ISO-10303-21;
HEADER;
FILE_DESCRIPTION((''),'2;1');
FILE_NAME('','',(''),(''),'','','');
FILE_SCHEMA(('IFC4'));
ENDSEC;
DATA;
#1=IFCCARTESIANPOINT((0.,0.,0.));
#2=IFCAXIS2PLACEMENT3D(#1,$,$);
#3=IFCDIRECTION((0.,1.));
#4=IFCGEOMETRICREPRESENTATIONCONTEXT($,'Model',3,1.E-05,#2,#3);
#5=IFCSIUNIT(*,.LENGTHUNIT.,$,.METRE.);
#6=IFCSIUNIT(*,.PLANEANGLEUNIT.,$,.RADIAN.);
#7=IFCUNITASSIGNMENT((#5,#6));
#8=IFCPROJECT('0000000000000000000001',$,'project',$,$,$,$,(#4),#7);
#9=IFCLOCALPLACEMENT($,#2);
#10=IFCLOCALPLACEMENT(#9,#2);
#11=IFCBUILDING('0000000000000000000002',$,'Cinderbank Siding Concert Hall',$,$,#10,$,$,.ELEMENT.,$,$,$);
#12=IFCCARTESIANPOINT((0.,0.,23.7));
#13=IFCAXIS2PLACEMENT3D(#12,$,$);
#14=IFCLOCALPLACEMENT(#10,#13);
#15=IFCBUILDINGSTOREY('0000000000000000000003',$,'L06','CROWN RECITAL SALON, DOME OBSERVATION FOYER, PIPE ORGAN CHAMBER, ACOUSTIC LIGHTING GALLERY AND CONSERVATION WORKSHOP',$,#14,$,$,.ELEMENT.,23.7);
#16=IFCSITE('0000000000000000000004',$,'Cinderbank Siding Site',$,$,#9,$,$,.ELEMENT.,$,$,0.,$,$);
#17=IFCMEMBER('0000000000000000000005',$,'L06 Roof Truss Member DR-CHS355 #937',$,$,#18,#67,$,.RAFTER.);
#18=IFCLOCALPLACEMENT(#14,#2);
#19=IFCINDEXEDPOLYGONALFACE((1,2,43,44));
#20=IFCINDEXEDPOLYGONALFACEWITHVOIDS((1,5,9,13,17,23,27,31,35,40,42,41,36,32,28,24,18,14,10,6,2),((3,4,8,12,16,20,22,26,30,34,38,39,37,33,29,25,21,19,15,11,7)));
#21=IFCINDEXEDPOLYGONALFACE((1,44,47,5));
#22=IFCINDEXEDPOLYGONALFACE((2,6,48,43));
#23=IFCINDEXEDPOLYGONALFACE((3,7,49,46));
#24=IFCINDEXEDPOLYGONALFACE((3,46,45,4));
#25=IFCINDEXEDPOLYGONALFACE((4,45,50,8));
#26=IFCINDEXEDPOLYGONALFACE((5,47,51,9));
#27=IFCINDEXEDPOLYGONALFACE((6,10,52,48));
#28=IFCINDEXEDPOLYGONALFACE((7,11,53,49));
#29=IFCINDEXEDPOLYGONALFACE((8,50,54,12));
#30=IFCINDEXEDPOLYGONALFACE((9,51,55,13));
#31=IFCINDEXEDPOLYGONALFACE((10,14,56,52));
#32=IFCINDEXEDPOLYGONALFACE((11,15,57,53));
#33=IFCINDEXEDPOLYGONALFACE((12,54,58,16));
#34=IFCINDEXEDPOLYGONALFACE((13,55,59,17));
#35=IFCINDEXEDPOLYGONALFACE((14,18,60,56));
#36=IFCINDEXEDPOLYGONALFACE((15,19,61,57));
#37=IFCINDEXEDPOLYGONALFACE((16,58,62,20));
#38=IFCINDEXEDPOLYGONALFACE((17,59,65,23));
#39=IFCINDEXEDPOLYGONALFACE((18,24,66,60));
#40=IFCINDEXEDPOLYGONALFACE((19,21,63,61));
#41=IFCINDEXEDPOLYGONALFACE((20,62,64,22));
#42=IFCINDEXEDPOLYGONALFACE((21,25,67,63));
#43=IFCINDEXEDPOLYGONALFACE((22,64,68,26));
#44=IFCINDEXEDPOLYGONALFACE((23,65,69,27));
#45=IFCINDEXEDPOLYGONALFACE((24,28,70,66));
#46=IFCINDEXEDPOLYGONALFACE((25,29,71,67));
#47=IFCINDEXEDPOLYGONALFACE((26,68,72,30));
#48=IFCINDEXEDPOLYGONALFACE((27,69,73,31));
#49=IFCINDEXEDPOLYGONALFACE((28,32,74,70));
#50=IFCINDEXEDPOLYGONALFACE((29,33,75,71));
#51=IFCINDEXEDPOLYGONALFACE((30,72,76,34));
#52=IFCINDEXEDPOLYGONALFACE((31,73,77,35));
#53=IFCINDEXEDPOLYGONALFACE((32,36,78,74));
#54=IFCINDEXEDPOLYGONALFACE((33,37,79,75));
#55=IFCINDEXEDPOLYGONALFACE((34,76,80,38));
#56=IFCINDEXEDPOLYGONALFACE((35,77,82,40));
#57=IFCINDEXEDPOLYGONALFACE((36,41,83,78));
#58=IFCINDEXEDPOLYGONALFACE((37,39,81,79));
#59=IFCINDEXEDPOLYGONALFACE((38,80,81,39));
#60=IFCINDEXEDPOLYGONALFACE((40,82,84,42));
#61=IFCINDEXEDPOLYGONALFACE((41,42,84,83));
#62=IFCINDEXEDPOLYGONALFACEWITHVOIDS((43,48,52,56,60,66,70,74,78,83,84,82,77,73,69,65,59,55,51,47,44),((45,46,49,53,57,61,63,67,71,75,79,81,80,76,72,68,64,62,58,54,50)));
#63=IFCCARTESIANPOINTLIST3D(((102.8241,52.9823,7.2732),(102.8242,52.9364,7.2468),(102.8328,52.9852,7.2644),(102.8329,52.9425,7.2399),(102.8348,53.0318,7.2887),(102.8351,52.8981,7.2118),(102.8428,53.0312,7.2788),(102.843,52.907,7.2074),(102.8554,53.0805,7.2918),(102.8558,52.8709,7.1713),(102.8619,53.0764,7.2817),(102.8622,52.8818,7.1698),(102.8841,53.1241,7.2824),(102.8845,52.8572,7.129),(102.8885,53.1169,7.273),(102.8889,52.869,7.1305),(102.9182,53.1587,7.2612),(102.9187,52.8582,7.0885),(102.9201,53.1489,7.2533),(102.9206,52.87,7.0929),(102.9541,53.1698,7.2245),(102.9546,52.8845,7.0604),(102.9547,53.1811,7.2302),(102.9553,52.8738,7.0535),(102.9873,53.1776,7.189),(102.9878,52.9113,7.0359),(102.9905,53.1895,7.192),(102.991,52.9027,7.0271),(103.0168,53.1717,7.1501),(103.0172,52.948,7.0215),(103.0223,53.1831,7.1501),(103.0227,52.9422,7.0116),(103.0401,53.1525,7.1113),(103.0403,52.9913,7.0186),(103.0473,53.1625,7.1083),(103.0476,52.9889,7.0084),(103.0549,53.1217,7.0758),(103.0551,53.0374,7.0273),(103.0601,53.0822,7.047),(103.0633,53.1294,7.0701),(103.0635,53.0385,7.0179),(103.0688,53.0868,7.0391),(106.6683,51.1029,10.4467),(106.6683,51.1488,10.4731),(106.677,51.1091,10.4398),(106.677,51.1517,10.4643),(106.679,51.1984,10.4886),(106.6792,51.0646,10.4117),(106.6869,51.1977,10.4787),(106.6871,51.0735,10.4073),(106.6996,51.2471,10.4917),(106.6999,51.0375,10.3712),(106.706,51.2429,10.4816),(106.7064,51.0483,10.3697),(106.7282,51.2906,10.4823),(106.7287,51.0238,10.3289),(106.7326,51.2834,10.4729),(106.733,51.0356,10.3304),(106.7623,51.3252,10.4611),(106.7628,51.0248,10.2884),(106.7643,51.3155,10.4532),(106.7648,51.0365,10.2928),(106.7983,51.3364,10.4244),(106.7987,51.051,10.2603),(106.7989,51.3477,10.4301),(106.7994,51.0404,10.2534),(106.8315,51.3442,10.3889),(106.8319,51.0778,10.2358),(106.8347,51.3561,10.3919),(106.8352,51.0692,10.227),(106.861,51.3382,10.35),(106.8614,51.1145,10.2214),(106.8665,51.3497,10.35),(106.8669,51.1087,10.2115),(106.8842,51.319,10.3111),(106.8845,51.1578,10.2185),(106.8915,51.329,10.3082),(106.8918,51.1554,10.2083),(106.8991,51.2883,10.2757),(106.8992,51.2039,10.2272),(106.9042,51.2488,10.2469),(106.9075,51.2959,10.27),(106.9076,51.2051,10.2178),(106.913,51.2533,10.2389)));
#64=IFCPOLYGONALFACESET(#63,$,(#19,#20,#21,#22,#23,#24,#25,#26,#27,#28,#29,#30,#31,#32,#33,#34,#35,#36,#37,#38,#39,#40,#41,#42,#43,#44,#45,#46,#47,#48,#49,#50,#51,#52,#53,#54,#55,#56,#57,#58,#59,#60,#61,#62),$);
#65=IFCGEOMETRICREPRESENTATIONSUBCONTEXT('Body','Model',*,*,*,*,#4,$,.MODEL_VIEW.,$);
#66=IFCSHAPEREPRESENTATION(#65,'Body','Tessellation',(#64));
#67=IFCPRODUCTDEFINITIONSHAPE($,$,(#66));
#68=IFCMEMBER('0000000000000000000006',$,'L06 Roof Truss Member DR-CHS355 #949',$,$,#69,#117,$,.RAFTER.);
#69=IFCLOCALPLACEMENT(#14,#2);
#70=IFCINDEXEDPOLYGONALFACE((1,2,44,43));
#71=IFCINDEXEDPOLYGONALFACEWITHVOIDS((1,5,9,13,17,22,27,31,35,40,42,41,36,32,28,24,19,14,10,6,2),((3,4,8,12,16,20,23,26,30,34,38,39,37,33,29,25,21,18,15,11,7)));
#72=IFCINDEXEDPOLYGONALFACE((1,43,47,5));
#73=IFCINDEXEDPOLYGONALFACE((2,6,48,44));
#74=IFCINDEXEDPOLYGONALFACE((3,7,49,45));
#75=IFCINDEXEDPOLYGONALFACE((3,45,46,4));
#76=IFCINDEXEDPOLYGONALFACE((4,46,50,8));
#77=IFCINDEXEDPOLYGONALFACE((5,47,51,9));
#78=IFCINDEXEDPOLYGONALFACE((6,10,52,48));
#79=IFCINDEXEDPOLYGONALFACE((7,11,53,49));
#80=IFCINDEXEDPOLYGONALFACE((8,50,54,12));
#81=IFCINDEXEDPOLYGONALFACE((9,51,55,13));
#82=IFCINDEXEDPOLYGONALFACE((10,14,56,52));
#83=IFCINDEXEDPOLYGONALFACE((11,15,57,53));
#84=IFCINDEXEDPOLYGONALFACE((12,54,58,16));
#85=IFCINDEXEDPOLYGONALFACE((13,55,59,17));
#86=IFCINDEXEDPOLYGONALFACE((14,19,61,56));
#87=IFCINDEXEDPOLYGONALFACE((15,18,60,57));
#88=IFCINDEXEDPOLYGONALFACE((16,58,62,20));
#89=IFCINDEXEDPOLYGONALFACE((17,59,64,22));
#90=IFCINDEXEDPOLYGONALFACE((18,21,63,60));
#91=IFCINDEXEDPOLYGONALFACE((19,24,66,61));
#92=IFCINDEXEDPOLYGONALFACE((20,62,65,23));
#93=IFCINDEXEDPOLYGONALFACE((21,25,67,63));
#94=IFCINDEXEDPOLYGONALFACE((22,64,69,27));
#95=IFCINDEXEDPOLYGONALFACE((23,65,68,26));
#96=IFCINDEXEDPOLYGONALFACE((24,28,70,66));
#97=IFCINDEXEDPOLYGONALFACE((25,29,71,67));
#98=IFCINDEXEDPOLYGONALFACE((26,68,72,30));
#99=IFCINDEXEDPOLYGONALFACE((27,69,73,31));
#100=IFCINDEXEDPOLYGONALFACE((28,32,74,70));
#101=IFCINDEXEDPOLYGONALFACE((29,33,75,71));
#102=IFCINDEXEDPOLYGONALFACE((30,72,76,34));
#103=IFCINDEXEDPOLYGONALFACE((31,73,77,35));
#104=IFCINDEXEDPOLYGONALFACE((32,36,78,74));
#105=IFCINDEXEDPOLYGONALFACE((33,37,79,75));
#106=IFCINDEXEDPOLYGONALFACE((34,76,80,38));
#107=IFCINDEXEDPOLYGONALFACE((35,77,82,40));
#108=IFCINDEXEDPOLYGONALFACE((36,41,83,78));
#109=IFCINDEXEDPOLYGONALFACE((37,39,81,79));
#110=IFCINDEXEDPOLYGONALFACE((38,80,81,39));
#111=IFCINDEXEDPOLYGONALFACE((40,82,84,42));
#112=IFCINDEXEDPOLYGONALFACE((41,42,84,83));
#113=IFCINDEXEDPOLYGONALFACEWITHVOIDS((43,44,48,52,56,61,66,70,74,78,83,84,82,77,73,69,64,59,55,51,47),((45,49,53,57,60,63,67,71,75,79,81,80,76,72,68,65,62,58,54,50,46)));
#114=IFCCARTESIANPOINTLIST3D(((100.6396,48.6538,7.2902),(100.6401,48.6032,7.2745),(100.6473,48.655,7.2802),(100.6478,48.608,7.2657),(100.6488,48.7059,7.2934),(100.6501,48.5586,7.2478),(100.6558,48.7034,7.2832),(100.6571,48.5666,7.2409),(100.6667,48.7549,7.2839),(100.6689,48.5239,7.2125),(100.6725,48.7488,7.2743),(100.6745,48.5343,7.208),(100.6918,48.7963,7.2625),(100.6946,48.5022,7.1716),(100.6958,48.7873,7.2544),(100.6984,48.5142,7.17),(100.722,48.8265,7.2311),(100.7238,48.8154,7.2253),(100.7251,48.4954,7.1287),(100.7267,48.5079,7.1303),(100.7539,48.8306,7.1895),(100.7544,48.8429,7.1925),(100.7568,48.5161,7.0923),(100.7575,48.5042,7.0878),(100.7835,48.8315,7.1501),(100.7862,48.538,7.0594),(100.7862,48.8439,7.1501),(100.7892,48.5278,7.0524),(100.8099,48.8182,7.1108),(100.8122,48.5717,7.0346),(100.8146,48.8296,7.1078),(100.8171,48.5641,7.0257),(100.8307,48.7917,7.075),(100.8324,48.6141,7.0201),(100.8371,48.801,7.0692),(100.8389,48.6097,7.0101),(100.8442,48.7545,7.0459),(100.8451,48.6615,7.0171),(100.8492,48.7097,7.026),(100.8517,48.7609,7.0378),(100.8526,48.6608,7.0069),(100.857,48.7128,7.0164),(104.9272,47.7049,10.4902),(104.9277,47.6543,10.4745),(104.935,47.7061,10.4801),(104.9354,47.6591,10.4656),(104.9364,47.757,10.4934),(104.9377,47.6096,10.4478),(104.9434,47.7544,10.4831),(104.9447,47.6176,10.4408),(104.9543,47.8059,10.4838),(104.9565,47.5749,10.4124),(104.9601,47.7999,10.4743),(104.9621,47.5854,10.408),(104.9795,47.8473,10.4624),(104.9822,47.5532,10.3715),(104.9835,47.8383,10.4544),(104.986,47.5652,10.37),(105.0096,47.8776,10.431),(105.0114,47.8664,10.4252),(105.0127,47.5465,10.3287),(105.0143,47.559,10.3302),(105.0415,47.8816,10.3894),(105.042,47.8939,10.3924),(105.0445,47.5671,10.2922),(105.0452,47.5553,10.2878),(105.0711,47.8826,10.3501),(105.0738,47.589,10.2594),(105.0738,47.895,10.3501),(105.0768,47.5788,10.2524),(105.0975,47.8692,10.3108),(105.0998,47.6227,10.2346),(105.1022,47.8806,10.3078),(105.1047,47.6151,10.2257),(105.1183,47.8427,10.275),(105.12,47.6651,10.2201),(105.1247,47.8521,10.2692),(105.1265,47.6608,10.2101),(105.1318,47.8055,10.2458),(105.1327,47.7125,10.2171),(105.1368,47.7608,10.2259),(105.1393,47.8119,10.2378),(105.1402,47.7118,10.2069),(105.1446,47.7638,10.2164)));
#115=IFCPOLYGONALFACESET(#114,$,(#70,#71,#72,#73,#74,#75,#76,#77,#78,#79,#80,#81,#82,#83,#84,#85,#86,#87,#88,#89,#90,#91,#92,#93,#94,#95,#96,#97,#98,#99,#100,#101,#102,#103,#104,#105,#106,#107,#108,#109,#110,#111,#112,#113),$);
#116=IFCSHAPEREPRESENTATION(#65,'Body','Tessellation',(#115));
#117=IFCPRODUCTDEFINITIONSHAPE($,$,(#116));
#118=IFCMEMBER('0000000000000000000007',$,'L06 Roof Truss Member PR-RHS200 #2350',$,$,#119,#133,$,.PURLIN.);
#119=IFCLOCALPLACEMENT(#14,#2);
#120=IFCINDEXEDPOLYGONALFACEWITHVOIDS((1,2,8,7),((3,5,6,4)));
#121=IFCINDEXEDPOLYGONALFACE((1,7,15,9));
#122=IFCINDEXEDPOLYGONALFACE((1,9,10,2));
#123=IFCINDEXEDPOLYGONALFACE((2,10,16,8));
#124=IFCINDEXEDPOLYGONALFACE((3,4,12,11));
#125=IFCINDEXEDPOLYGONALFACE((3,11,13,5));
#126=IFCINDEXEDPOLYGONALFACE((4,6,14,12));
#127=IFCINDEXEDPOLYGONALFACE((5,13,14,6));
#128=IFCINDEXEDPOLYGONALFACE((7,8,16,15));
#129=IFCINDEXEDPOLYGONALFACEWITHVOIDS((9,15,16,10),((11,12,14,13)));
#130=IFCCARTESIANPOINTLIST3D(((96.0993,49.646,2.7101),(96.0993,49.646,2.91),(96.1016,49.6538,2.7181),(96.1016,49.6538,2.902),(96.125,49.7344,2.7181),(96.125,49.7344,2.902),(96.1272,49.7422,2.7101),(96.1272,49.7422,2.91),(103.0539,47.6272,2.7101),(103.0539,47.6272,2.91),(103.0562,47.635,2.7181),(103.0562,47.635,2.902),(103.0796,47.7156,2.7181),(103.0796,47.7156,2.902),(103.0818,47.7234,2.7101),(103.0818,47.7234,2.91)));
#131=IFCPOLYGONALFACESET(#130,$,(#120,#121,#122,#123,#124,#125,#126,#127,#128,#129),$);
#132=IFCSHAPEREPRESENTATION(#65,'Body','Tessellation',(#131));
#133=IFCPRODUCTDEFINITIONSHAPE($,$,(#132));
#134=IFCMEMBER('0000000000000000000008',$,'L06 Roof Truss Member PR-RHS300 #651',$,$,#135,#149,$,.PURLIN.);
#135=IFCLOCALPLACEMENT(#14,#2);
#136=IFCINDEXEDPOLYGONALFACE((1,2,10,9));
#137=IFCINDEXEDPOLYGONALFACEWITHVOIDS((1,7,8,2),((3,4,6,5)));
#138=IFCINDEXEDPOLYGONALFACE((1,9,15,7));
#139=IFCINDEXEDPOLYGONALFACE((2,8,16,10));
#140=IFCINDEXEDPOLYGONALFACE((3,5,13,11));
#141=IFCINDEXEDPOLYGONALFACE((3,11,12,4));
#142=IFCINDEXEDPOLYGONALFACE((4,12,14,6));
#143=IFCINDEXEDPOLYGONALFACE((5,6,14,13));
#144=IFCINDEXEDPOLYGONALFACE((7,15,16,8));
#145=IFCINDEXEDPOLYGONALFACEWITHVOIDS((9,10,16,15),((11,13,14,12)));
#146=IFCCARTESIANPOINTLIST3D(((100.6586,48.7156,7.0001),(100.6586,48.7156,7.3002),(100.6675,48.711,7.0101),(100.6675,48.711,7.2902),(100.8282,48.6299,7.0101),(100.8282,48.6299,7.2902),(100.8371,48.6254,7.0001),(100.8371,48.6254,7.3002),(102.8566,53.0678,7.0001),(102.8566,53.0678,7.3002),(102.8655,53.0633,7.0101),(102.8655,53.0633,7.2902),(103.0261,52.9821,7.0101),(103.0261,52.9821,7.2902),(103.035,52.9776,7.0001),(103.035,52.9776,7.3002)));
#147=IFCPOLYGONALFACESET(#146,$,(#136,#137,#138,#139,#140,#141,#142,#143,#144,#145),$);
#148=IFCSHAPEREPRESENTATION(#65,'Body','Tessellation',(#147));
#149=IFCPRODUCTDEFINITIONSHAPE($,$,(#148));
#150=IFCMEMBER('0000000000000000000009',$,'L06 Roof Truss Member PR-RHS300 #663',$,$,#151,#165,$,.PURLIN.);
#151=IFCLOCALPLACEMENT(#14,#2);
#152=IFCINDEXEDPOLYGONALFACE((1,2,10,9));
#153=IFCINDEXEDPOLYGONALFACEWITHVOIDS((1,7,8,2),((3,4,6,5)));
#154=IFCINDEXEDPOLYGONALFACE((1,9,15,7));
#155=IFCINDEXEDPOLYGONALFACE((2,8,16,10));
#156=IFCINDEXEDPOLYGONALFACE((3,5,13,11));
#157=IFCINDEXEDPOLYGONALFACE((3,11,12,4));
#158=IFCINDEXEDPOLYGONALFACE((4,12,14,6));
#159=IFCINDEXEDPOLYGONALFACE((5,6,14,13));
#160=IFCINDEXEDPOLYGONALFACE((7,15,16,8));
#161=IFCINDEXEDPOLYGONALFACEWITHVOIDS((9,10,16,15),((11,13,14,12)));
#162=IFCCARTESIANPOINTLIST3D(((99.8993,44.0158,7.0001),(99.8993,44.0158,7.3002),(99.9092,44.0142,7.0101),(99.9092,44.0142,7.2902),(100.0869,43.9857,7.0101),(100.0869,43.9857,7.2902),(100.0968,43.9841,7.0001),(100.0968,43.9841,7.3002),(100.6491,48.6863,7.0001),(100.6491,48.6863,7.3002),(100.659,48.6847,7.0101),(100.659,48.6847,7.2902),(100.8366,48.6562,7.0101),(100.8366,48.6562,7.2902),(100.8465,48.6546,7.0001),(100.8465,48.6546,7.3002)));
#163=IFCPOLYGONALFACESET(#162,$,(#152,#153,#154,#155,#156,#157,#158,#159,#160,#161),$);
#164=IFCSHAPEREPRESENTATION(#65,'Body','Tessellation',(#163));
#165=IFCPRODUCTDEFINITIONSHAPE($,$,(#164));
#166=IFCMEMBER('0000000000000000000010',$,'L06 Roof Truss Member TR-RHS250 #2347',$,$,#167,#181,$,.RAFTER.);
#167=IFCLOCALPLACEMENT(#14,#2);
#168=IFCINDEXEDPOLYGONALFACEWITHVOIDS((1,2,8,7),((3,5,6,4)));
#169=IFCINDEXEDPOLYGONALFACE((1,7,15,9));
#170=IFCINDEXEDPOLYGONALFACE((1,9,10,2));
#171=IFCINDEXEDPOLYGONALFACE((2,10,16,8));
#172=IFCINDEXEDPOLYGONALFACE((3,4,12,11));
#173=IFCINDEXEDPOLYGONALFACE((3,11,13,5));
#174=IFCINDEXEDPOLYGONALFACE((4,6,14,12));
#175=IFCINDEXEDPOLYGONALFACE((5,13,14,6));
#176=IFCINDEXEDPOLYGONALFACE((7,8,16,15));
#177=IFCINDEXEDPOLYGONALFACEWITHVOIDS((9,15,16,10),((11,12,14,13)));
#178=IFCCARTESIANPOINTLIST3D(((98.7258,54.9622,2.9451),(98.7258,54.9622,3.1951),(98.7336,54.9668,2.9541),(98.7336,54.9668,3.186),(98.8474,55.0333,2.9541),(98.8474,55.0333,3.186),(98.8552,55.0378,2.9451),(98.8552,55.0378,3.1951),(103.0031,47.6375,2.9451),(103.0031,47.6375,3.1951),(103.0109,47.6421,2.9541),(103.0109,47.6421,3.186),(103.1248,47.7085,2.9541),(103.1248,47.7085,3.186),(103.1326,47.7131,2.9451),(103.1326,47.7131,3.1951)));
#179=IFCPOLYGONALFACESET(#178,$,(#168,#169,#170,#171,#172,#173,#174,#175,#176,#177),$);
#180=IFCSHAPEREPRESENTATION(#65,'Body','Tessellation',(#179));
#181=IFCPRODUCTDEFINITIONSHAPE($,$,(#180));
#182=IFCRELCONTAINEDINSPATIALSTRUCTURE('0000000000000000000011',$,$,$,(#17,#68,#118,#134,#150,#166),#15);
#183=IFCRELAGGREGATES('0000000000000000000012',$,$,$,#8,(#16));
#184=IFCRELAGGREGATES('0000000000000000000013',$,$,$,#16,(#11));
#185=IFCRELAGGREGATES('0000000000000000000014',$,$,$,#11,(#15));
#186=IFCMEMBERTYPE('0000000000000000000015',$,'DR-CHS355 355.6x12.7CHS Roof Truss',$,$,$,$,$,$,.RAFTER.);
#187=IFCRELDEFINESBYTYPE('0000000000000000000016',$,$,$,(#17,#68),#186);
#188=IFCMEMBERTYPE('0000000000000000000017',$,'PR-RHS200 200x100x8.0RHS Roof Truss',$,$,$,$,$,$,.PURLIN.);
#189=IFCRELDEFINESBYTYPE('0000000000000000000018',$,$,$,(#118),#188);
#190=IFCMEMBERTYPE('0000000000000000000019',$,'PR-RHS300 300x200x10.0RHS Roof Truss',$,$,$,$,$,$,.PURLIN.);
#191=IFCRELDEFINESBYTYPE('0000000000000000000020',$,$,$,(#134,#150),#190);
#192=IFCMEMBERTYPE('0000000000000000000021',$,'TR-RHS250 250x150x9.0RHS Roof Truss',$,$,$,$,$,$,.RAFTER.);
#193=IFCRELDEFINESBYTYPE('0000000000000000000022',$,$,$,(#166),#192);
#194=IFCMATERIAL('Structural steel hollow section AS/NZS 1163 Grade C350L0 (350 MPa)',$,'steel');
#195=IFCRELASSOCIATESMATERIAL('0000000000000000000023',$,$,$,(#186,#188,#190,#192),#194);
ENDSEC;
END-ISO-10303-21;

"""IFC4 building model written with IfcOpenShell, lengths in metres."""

from ifc_helpers import new_model, si_unit, direction, frame, origin, origin_2d, place, context, subcontext, project, spatial, hollow_rectangle, hollow_circle, extrude, material, material_profile, profile_set, type_object, element, save


model = new_model("IFC4")

# Units and contexts
model_context = context("Model", 3, precision=1e-05, world=origin(), true_north=direction((0.0, 1.0)))
body_context = subcontext(model_context, "Body", "Model", "MODEL_VIEW")
ifc_project = project(units=[si_unit("LENGTHUNIT", "METRE"), si_unit("PLANEANGLEUNIT", "RADIAN")], contexts=[model_context])

# Site, building, storey
site_placement = place(None, origin())
site = spatial("IfcSite", under=ifc_project, at=site_placement, Name="Cinderbank Siding Site", CompositionType="ELEMENT", RefElevation=0.0)
building_placement = place(site_placement, origin())
building = spatial("IfcBuilding", under=site, at=building_placement, Name="Cinderbank Siding Concert Hall", CompositionType="ELEMENT")
storey_placement = place(building_placement, frame((0.0, 0.0, 23.7)))
storey = spatial("IfcBuildingStorey", under=building, at=storey_placement, Name="L06", Description="CROWN RECITAL SALON, DOME OBSERVATION FOYER, PIPE ORGAN CHAMBER, ACOUSTIC LIGHTING GALLERY AND CONSERVATION WORKSHOP", CompositionType="ELEMENT", Elevation=23.7)

# Members
ifc_material_1 = material(Name="Structural steel hollow section AS/NZS 1163 Grade C350L0 (350 MPa)", Category="steel")
ifc_material_profile_1 = material_profile(ifc_material_1, hollow_circle(Radius=0.1777, WallThickness=0.0127, at=origin_2d()), Name="355.6x12.7CHS", Category="LoadBearing")
ifc_profile_set_1 = profile_set([ifc_material_profile_1], Name="Structural steel hollow section AS/NZS 1163 Grade C350L0 (350 MPa)")
member_type_1 = type_object("IfcMemberType", Name="DR-CHS355 355.6x12.7CHS Roof Truss", PredefinedType="RAFTER", material=ifc_profile_set_1)
member_1_placement = place(storey_placement, frame((102.9458, 53.0227, 7.1501), z_axis=(0.721618, -0.344173, 0.600676), x_axis=(0.43049, 0.902595, 0.0)))
element("IfcMember", 1, at=member_1_placement, inside=storey, type_object=member_type_1, Name="L06 Roof Truss Member DR-CHS355 #937", PredefinedType="RAFTER", context=body_context, shape_type="SweptSolid", body=[
    extrude(hollow_circle(Radius=0.1777, WallThickness=0.0127, at=origin_2d()), origin(), (0.0, 0.0, 1.0), 5.3271),
])
member_2_placement = place(storey_placement, frame((100.7478, 48.6704, 7.1501), z_axis=(0.789093, -0.17465, 0.588922), x_axis=(0.2161, 0.976371, 0.0)))
element("IfcMember", 2, at=member_2_placement, inside=storey, type_object=member_type_1, Name="L06 Roof Truss Member DR-CHS355 #949", PredefinedType="RAFTER", context=body_context, shape_type="SweptSolid", body=[
    extrude(hollow_circle(Radius=0.1777, WallThickness=0.0127, at=origin_2d()), origin(), (0.0, 0.0, 1.0), 5.4336),
])
ifc_material_profile_2 = material_profile(ifc_material_1, hollow_rectangle(XDim=0.1001, YDim=0.2, WallThickness=0.0081, at=origin_2d()), Name="200x100x8.0RHS", Category="LoadBearing")
ifc_profile_set_2 = profile_set([ifc_material_profile_2], Name="Structural steel hollow section AS/NZS 1163 Grade C350L0 (350 MPa)")
member_type_2 = type_object("IfcMemberType", Name="PR-RHS200 200x100x8.0RHS Roof Truss", PredefinedType="PURLIN", material=ifc_profile_set_2)
member_3_placement = place(storey_placement, frame((103.0679, 47.6753, 2.8101), z_axis=(-0.960356, 0.278775, 0.0), x_axis=(-0.278775, -0.960356, 0.0)))
element("IfcMember", 3, at=member_3_placement, inside=storey, type_object=member_type_2, Name="L06 Roof Truss Member PR-RHS200 #2350", PredefinedType="PURLIN", context=body_context, shape_type="SweptSolid", body=[
    extrude(hollow_rectangle(XDim=0.1001, YDim=0.2, WallThickness=0.0081, at=origin_2d()), origin(), (0.0, 0.0, 1.0), 7.2417),
])
ifc_material_profile_3 = material_profile(ifc_material_1, hollow_rectangle(XDim=0.2, YDim=0.3, WallThickness=0.01, at=origin_2d()), Name="300x200x10.0RHS", Category="LoadBearing")
ifc_profile_set_3 = profile_set([ifc_material_profile_3], Name="Structural steel hollow section AS/NZS 1163 Grade C350L0 (350 MPa)")
member_type_3 = type_object("IfcMemberType", Name="PR-RHS300 300x200x10.0RHS Roof Truss", PredefinedType="PURLIN", material=ifc_profile_set_3)
member_4_placement = place(storey_placement, frame((102.9458, 53.0227, 7.1501), z_axis=(-0.450795, -0.892627, 0.0), x_axis=(0.892627, -0.450795, 0.0)))
element("IfcMember", 4, at=member_4_placement, inside=storey, type_object=member_type_3, Name="L06 Roof Truss Member PR-RHS300 #651", PredefinedType="PURLIN", context=body_context, shape_type="SweptSolid", body=[
    extrude(hollow_rectangle(XDim=0.2, YDim=0.3, WallThickness=0.01, at=origin_2d()), origin(), (0.0, 0.0, 1.0), 4.8757),
])
member_5_placement = place(storey_placement, frame((100.7478, 48.6704, 7.1501), z_axis=(-0.158504, -0.987358, 0.0), x_axis=(0.987358, -0.158504, 0.0)))
element("IfcMember", 5, at=member_5_placement, inside=storey, type_object=member_type_3, Name="L06 Roof Truss Member PR-RHS300 #663", PredefinedType="PURLIN", context=body_context, shape_type="SweptSolid", body=[
    extrude(hollow_rectangle(XDim=0.2, YDim=0.3, WallThickness=0.01, at=origin_2d()), origin(), (0.0, 0.0, 1.0), 4.7302),
])
ifc_material_profile_4 = material_profile(ifc_material_1, hollow_rectangle(XDim=0.1499, YDim=0.25, WallThickness=0.009, at=origin_2d()), Name="250x150x9.0RHS", Category="LoadBearing")
ifc_profile_set_4 = profile_set([ifc_material_profile_4], Name="Structural steel hollow section AS/NZS 1163 Grade C350L0 (350 MPa)")
member_type_4 = type_object("IfcMemberType", Name="TR-RHS250 250x150x9.0RHS Roof Truss", PredefinedType="RAFTER", material=ifc_profile_set_4)
member_6_placement = place(storey_placement, frame((103.0679, 47.6753, 3.0701), z_axis=(-0.504275, 0.863543, 0.0), x_axis=(-0.863543, -0.504275, 0.0)))
element("IfcMember", 6, at=member_6_placement, inside=storey, type_object=member_type_4, Name="L06 Roof Truss Member TR-RHS250 #2347", PredefinedType="RAFTER", context=body_context, shape_type="SweptSolid", body=[
    extrude(hollow_rectangle(XDim=0.1499, YDim=0.25, WallThickness=0.009, at=origin_2d()), origin(), (0.0, 0.0, 1.0), 8.4822),
])

save(model, "model.ifc")
